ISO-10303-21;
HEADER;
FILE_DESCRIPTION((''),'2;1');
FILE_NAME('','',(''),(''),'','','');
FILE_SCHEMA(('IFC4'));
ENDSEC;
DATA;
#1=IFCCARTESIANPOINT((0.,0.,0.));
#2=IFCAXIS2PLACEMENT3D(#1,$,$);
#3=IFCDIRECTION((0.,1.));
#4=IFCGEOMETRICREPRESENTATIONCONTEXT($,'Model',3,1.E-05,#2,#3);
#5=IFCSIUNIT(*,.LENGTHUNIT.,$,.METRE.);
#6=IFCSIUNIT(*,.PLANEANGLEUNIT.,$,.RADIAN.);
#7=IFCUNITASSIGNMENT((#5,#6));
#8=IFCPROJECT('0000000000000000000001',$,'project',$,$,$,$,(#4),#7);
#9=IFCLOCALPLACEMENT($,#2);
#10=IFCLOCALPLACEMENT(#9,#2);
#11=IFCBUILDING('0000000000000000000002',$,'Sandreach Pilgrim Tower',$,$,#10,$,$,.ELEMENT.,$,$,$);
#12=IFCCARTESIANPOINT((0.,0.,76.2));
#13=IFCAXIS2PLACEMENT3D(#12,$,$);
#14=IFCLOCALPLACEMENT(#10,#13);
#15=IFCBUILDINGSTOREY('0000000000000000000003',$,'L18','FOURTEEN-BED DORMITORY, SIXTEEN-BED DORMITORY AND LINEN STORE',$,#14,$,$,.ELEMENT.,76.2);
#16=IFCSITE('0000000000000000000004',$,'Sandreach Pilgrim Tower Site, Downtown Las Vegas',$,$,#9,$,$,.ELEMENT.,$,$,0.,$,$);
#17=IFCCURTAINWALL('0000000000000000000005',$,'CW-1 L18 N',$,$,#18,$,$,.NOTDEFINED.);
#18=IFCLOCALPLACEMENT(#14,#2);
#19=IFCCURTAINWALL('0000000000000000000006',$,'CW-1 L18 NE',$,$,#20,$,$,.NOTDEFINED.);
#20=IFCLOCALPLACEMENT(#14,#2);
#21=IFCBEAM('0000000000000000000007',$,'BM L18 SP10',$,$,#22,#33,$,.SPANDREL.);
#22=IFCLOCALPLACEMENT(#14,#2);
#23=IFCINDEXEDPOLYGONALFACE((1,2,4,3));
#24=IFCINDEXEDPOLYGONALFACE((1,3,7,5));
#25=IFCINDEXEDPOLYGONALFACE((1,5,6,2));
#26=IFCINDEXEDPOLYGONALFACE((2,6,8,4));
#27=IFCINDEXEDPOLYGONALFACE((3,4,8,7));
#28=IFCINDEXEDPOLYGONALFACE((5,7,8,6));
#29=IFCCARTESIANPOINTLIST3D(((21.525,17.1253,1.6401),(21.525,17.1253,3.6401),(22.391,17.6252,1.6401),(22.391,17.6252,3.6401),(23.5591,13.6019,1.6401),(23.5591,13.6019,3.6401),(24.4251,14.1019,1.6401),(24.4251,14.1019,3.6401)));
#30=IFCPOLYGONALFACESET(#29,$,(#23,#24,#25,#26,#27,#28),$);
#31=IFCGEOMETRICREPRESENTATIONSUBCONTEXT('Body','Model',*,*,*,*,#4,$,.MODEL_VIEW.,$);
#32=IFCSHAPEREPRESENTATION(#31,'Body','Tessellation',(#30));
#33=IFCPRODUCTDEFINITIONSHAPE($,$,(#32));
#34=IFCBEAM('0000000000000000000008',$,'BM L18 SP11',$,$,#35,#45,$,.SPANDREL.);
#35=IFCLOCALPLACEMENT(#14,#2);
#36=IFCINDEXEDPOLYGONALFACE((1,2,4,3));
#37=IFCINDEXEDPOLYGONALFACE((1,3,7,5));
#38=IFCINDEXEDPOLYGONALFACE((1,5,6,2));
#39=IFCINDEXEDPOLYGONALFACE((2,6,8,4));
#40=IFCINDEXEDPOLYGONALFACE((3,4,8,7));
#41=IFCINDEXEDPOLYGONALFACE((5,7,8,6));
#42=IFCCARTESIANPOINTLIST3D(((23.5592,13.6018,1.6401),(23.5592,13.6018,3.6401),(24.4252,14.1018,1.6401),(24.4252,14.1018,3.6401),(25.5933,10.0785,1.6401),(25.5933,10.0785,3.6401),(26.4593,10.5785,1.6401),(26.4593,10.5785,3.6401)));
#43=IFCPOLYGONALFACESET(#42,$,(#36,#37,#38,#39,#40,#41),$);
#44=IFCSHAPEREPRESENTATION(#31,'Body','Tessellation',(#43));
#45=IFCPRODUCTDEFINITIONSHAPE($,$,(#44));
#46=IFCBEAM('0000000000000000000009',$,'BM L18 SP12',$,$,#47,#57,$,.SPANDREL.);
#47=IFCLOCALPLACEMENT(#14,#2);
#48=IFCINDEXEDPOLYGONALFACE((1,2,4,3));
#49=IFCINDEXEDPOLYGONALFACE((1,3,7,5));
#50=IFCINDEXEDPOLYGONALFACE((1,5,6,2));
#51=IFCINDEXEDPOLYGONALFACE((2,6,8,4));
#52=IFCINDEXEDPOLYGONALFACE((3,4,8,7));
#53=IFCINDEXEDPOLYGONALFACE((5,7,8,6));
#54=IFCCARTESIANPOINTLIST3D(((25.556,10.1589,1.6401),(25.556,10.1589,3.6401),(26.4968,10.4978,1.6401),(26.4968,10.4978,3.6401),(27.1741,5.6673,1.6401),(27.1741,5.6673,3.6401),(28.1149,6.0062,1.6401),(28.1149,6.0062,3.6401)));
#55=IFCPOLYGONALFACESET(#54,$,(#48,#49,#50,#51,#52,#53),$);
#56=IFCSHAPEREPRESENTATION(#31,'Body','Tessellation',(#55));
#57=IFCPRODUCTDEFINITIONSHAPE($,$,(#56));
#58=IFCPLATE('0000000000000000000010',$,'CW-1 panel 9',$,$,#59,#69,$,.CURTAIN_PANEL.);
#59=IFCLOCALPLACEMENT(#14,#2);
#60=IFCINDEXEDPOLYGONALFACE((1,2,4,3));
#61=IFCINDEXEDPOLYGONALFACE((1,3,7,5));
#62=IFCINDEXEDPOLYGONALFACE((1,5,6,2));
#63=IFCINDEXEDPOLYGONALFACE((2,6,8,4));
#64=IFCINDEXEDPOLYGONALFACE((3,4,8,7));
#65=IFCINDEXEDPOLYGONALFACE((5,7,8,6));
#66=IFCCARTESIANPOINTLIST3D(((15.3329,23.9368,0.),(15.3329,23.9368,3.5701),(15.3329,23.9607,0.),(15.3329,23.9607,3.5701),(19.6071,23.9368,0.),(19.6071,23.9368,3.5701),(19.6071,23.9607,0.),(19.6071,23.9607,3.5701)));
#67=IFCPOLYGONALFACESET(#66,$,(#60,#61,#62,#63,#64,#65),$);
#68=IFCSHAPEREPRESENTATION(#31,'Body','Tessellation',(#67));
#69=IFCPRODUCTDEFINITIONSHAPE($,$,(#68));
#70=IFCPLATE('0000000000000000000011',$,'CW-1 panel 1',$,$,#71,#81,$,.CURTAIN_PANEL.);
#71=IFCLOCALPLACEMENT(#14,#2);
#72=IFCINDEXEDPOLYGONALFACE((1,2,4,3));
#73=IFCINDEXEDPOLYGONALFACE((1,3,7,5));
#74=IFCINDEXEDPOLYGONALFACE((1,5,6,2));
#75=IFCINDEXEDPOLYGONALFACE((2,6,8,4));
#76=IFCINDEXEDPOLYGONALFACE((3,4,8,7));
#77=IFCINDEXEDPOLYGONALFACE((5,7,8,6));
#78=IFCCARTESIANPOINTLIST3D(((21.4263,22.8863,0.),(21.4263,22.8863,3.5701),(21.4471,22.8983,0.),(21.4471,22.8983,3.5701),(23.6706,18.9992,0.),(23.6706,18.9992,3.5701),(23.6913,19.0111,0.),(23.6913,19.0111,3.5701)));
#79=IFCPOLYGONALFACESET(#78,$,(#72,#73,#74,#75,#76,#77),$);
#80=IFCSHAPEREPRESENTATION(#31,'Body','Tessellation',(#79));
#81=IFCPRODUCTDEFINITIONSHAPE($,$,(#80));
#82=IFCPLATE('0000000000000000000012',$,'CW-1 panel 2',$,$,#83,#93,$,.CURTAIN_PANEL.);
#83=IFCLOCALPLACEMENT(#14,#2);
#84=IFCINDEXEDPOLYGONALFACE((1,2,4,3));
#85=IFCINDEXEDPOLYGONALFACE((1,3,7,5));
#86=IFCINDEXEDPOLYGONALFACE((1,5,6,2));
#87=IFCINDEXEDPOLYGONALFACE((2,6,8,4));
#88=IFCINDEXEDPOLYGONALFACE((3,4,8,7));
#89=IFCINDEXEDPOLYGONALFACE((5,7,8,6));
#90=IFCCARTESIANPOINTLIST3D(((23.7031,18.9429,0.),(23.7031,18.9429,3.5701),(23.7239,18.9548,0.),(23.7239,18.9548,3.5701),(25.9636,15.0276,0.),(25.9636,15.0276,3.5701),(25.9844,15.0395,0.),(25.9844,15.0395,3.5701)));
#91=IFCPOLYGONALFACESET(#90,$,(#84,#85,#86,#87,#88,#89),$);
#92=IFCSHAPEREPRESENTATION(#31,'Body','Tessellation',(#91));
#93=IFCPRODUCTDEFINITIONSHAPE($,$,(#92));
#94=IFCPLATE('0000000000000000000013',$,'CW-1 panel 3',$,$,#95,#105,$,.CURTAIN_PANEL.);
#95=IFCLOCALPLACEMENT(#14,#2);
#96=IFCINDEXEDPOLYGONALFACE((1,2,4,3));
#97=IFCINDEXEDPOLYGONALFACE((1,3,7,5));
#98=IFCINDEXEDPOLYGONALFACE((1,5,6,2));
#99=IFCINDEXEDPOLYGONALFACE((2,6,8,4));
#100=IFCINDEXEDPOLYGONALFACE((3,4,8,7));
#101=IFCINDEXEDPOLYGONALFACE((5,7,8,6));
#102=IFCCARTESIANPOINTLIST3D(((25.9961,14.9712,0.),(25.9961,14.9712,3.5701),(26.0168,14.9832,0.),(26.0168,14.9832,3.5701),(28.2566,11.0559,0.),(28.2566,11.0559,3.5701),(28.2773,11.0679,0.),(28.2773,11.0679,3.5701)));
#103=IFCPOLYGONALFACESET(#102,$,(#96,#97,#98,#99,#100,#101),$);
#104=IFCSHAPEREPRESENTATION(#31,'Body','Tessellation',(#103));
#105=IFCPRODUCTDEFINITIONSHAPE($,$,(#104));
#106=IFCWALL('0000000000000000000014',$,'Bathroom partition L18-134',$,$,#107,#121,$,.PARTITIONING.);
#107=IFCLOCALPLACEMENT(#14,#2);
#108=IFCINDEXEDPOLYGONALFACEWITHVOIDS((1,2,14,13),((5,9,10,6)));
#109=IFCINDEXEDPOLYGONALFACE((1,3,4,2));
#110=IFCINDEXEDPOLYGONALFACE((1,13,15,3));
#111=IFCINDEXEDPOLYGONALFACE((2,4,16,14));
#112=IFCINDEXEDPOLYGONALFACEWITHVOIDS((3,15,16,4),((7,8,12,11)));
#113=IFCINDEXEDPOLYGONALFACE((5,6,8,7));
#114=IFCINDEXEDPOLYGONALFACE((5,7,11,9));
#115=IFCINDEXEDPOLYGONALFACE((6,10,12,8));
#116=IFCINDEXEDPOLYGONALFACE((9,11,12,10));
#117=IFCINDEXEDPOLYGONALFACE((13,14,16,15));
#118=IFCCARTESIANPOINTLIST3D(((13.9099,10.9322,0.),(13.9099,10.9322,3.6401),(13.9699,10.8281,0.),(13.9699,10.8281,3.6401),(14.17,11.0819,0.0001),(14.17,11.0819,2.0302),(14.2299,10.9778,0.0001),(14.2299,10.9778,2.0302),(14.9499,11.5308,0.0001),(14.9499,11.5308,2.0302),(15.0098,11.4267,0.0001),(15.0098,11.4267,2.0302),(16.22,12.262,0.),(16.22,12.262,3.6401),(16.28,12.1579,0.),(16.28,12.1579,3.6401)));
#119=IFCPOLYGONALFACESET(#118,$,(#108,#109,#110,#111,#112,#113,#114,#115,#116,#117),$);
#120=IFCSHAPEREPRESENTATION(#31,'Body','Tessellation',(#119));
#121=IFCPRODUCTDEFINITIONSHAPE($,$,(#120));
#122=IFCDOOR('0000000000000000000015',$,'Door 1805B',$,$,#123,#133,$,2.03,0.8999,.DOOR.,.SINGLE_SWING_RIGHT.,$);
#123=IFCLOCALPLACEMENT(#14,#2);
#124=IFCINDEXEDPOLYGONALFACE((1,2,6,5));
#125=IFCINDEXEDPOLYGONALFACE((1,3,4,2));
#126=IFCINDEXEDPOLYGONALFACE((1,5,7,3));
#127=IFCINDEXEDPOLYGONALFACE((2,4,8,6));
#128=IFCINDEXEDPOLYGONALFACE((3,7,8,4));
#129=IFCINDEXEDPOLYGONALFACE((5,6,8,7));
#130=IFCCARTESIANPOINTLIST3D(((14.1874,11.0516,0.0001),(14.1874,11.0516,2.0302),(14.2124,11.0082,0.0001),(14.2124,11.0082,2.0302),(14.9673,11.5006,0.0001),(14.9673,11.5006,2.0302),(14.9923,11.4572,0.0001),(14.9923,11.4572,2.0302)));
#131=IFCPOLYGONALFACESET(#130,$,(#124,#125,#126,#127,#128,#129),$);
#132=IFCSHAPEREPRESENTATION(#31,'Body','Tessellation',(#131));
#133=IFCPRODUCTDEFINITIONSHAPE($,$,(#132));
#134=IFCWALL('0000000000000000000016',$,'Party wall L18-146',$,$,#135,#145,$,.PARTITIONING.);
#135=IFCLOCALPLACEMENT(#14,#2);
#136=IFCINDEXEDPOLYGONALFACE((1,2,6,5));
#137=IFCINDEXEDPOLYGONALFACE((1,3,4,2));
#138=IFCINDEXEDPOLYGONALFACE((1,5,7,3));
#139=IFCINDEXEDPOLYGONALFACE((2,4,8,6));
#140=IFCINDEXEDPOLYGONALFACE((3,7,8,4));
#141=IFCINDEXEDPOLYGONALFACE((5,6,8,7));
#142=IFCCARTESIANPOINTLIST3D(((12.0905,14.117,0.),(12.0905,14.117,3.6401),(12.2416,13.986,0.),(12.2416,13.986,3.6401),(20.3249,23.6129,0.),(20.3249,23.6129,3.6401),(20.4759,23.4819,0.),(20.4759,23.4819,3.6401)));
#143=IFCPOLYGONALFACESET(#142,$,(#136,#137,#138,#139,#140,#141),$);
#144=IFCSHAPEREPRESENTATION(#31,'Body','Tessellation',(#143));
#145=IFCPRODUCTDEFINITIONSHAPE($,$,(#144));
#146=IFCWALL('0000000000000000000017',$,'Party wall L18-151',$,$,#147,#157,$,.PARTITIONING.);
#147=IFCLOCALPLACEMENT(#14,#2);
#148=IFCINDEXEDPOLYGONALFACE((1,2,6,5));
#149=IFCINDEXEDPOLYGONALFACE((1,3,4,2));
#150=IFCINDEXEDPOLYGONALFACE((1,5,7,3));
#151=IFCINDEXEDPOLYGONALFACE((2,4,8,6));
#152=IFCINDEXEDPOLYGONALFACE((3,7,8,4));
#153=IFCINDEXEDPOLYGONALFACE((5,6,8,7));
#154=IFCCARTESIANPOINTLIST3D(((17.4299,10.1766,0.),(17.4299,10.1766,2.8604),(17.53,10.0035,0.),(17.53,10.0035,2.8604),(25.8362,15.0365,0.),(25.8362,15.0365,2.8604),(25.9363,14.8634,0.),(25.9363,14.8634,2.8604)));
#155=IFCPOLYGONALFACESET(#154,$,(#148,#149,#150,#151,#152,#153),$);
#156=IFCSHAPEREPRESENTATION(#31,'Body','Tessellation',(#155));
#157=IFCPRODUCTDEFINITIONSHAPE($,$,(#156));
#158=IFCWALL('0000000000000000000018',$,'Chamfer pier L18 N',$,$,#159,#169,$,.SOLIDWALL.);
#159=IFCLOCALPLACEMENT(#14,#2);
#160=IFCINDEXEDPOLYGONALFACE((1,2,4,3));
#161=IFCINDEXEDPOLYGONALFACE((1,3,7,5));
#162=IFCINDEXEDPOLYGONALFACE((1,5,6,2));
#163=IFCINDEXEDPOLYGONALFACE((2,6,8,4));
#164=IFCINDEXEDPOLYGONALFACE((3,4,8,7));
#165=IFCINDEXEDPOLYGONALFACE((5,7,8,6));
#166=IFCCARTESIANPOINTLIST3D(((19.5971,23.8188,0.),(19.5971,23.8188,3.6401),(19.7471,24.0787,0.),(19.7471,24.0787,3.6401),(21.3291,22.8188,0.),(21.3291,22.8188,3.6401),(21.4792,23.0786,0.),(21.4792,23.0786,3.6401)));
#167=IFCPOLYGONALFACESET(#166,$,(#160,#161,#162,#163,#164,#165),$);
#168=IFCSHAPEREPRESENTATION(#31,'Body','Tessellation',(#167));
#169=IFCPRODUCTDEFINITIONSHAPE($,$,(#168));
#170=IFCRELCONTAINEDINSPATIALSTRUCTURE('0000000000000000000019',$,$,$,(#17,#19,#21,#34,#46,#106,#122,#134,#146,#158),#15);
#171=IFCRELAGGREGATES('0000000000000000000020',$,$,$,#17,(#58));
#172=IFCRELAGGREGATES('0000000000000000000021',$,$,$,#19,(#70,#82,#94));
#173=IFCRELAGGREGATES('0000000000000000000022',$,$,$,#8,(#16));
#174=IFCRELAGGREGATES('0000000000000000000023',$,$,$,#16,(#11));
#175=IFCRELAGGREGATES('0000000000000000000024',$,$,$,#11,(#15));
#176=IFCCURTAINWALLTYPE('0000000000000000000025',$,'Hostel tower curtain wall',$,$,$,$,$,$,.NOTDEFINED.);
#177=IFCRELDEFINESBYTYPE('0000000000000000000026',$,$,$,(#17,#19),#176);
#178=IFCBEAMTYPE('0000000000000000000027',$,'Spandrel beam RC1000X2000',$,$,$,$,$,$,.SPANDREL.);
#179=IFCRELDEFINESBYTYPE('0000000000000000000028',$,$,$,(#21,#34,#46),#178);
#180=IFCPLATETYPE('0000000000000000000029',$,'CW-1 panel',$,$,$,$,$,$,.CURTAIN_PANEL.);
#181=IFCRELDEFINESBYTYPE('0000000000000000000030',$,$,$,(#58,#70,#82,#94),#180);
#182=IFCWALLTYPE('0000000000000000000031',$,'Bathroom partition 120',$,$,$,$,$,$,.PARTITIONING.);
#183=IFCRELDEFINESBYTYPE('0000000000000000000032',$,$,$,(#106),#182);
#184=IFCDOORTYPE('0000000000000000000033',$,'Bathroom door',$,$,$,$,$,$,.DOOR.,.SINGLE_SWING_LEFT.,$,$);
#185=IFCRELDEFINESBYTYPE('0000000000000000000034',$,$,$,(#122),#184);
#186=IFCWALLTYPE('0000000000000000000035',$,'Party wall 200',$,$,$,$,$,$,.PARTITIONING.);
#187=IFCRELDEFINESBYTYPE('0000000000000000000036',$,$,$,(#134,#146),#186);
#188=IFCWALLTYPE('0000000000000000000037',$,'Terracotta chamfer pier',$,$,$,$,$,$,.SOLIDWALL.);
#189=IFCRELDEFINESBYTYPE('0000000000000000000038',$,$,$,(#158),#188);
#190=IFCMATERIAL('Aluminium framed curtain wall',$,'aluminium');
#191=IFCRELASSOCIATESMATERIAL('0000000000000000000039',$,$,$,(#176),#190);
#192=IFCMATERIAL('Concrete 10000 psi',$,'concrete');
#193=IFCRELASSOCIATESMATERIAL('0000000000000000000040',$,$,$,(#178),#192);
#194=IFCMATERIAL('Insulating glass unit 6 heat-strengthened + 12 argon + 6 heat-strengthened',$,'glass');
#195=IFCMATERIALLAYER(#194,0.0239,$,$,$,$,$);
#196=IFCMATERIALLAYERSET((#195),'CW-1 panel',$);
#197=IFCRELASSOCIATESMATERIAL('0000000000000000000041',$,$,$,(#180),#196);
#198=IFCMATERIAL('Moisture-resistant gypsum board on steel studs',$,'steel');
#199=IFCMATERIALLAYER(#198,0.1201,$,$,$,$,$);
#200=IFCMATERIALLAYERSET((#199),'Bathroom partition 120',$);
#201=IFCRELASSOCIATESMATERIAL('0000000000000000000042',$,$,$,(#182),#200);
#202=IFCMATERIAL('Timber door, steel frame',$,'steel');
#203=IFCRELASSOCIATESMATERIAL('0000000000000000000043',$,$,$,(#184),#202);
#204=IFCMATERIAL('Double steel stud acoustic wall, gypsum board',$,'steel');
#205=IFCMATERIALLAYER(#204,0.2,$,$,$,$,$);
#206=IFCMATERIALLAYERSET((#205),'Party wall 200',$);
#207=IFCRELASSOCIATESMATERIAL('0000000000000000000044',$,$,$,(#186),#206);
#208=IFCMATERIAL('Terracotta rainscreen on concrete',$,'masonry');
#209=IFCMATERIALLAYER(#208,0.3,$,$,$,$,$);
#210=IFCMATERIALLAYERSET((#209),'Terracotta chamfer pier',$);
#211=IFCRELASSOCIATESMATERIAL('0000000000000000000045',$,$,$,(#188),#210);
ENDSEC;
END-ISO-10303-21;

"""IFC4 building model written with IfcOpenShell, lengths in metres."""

from ifc_helpers import new_model, si_unit, direction, frame, frame_2d, origin, origin_2d, place, context, subcontext, project, spatial, rectangle, extrude, material, layer, layer_set, material_profile, profile_set, type_object, element, fill, aggregate, save


model = new_model("IFC4")

# Units and contexts
model_context = context("Model", 3, precision=1e-05, world=origin(), true_north=direction((0.0, 1.0)))
body_context = subcontext(model_context, "Body", "Model", "MODEL_VIEW")
ifc_project = project(units=[si_unit("LENGTHUNIT", "METRE"), si_unit("PLANEANGLEUNIT", "RADIAN")], contexts=[model_context])

# Site, building, storey
site_placement = place(None, origin())
site = spatial("IfcSite", under=ifc_project, at=site_placement, Name="Sandreach Pilgrim Tower Site, Downtown Las Vegas", CompositionType="ELEMENT", RefElevation=0.0)
building_placement = place(site_placement, origin())
building = spatial("IfcBuilding", under=site, at=building_placement, Name="Sandreach Pilgrim Tower", CompositionType="ELEMENT")
storey_placement = place(building_placement, frame((0.0, 0.0, 76.2)))
storey = spatial("IfcBuildingStorey", under=building, at=storey_placement, Name="L18", Description="FOURTEEN-BED DORMITORY, SIXTEEN-BED DORMITORY AND LINEN STORE", CompositionType="ELEMENT", Elevation=76.2)

# Curtain wall
ifc_material_1 = material(Name="Aluminium framed curtain wall", Category="aluminium")
curtain_wall_type = type_object("IfcCurtainWallType", Name="Hostel tower curtain wall", PredefinedType="NOTDEFINED", material=ifc_material_1)
curtain_wall_1_placement = place(storey_placement, origin())
curtain_wall_1 = element("IfcCurtainWall", 1, at=curtain_wall_1_placement, inside=storey, type_object=curtain_wall_type, Name="CW-1 L18 N", PredefinedType="NOTDEFINED")

# Curtain wall
curtain_wall_2_placement = place(storey_placement, origin())
curtain_wall_2 = element("IfcCurtainWall", 2, at=curtain_wall_2_placement, inside=storey, type_object=curtain_wall_type, Name="CW-1 L18 NE", PredefinedType="NOTDEFINED")

# Beams
ifc_material_2 = material(Name="Concrete 10000 psi", Category="concrete")
ifc_material_profile_1 = material_profile(ifc_material_2, rectangle(XDim=1.0, YDim=2.0, at=origin_2d()), Name="RC1000X2000")
ifc_profile_set_1 = profile_set([ifc_material_profile_1], Name="Concrete 10000 psi")
beam_type_1 = type_object("IfcBeamType", Name="Spandrel beam RC1000X2000", PredefinedType="SPANDREL", material=ifc_profile_set_1)
for number, where, z_axis, x_axis, name in (
    (3, (21.958, 17.3752, 2.6401), (0.499986, -0.866034, 0.0), (0.866034, 0.499986, 0.0), "BM L18 SP10"),
    (4, (23.9922, 13.8518, 2.6401), (0.499986, -0.866034, 0.0), (0.866034, 0.499986, 0.0), "BM L18 SP11"),
):
    element("IfcBeam", number, at=place(storey_placement, frame(where, z_axis=z_axis, x_axis=x_axis)), inside=storey, type_object=beam_type_1, Name=name, PredefinedType="SPANDREL", context=body_context, shape_type="SweptSolid", body=[
        extrude(rectangle(XDim=1.0, YDim=2.0, at=origin_2d()), origin(), (0.0, 0.0, 1.0), 4.0684),
    ])
beam_1_placement = place(storey_placement, frame((26.0264, 10.3284, 2.6401), z_axis=(0.338933, -0.94081, 0.0), x_axis=(0.94081, 0.338933, 0.0)))
element("IfcBeam", 5, at=beam_1_placement, inside=storey, type_object=beam_type_1, Name="BM L18 SP12", PredefinedType="SPANDREL", context=body_context, shape_type="SweptSolid", body=[
    extrude(rectangle(XDim=1.0, YDim=2.0, at=origin_2d()), origin(), (0.0, 0.0, 1.0), 4.7742),
])

# Plates
ifc_material_3 = material(Name="Insulating glass unit 6 heat-strengthened + 12 argon + 6 heat-strengthened", Category="glass")
ifc_layer_1 = layer(ifc_material_3, 0.0239)
ifc_layer_set_1 = layer_set([ifc_layer_1], Name="CW-1 panel")
plate_type = type_object("IfcPlateType", Name="CW-1 panel", PredefinedType="CURTAIN_PANEL", material=ifc_layer_set_1)
plate_1_placement = place(storey_placement, frame((17.47, 23.9487, 0.0), z_axis=(0.0, 0.0, 1.0), x_axis=(1.0, 0.0, 0.0)))
plate_1 = element("IfcPlate", 6, at=plate_1_placement, type_object=plate_type, Name="CW-1 panel 9", PredefinedType="CURTAIN_PANEL", context=body_context, shape_type="SweptSolid", body=[
    extrude(rectangle(XDim=4.2742, YDim=0.0239, at=origin_2d()), origin(), (0.0, 0.0, 1.0), 3.5701),
])
aggregate(curtain_wall_1, [plate_1])
plate_2_placement = place(storey_placement, frame((22.5588, 20.9487, 0.0), z_axis=(0.0, 0.0, 1.0), x_axis=(0.5, -0.866025, 0.0)))
plate_2 = element("IfcPlate", 7, at=plate_2_placement, type_object=plate_type, Name="CW-1 panel 1", PredefinedType="CURTAIN_PANEL", context=body_context, shape_type="SweptSolid", body=[
    extrude(rectangle(XDim=4.4885, YDim=0.0239, at=origin_2d()), origin(), (0.0, 0.0, 1.0), 3.5701),
])
plate_3_placement = place(storey_placement, frame((24.8438, 16.9912, 0.0), z_axis=(0.0, 0.0, 1.0), x_axis=(0.5, -0.866025, 0.0)))
plate_3 = element("IfcPlate", 8, at=plate_3_placement, type_object=plate_type, Name="CW-1 panel 2", PredefinedType="CURTAIN_PANEL", context=body_context, shape_type="SweptSolid", body=[
    extrude(rectangle(XDim=4.521, YDim=0.0239, at=origin_2d()), origin(), (0.0, 0.0, 1.0), 3.5701),
])
plate_4_placement = place(storey_placement, frame((27.1367, 13.0195, 0.0), z_axis=(0.0, 0.0, 1.0), x_axis=(0.5, -0.866025, 0.0)))
plate_4 = element("IfcPlate", 9, at=plate_4_placement, type_object=plate_type, Name="CW-1 panel 3", PredefinedType="CURTAIN_PANEL", context=body_context, shape_type="SweptSolid", body=[
    extrude(rectangle(XDim=4.521, YDim=0.0239, at=origin_2d()), origin(), (0.0, 0.0, 1.0), 3.5701),
])
aggregate(curtain_wall_2, [plate_2, plate_3, plate_4])

# Wall, opening, door
ifc_material_4 = material(Name="Moisture-resistant gypsum board on steel studs", Category="steel")
ifc_layer_2 = layer(ifc_material_4, 0.1201)
ifc_layer_set_2 = layer_set([ifc_layer_2], Name="Bathroom partition 120")
wall_type_1 = type_object("IfcWallType", Name="Bathroom partition 120", PredefinedType="PARTITIONING", material=ifc_layer_set_2)
wall_1_placement = place(storey_placement, frame((16.25, 12.21, 0.0), z_axis=(0.0, 0.0, 1.0), x_axis=(-0.866655, -0.498908, 0.0)))
wall_1 = element("IfcWall", 10, at=wall_1_placement, inside=storey, type_object=wall_type_1, Name="Bathroom partition L18-134", PredefinedType="PARTITIONING", context=body_context, shape_type="SweptSolid", body=[
    extrude(rectangle(XDim=2.6655, YDim=0.1201, at=frame_2d((1.3328, 0.0))), origin(), (0.0, 0.0, 1.0), 3.6401),
])
opening_placement = place(wall_1_placement, frame((1.4656, 0.0, 0.0)))
opening = element("IfcOpeningElement", 11, at=opening_placement, cuts=wall_1, PredefinedType="OPENING", context=body_context, shape_type="SweptSolid", body=[
    extrude(rectangle(XDim=0.8999, YDim=2.03, at=frame_2d((0.45, 1.0151))), frame((0.0, 0.0601, 0.0), z_axis=(0.0, -1.0, 0.0), x_axis=(1.0, 0.0, 0.0)), (0.0, 0.0, 1.0), 0.1201),
])
ifc_material_5 = material(Name="Timber door, steel frame", Category="steel")
door_type = type_object("IfcDoorType", Name="Bathroom door", OperationType="SINGLE_SWING_LEFT", PredefinedType="DOOR", material=ifc_material_5)
door_placement = place(opening_placement, origin())
door = element("IfcDoor", 12, at=door_placement, inside=storey, type_object=door_type, Name="Door 1805B", OperationType="SINGLE_SWING_RIGHT", OverallHeight=2.03, OverallWidth=0.8999, PredefinedType="DOOR", context=body_context, shape_type="SweptSolid", body=[
    extrude(rectangle(XDim=0.8999, YDim=2.03, at=frame_2d((0.45, 1.0151))), frame((0.0, 0.0249, 0.0), z_axis=(0.0, -1.0, 0.0), x_axis=(1.0, 0.0, 0.0)), (0.0, 0.0, 1.0), 0.05),
])
fill(opening, door)

# Walls
ifc_material_6 = material(Name="Double steel stud acoustic wall, gypsum board", Category="steel")
ifc_layer_3 = layer(ifc_material_6, 0.2)
ifc_layer_set_3 = layer_set([ifc_layer_3], Name="Party wall 200")
wall_type_2 = type_object("IfcWallType", Name="Party wall 200", PredefinedType="PARTITIONING", material=ifc_layer_set_3)
wall_2_placement = place(storey_placement, frame((20.4004, 23.5474, 0.0), z_axis=(0.0, 0.0, 1.0), x_axis=(-0.655141, -0.755506, 0.0)))
element("IfcWall", 13, at=wall_2_placement, inside=storey, type_object=wall_type_2, Name="Party wall L18-146", PredefinedType="PARTITIONING", context=body_context, shape_type="SweptSolid", body=[
    extrude(rectangle(XDim=12.5688, YDim=0.2, at=frame_2d((6.2844, 0.0))), origin(), (0.0, 0.0, 1.0), 3.6401),
])
wall_3_placement = place(storey_placement, frame((25.8862, 14.95, 0.0), z_axis=(0.0, 0.0, 1.0), x_axis=(-0.865735, -0.500503, 0.0)))
element("IfcWall", 14, at=wall_3_placement, inside=storey, type_object=wall_type_2, Name="Party wall L18-151", PredefinedType="PARTITIONING", context=body_context, shape_type="SweptSolid", body=[
    extrude(rectangle(XDim=9.71, YDim=0.2, at=frame_2d((4.855, 0.0))), origin(), (0.0, 0.0, 1.0), 2.8604),
])
ifc_material_7 = material(Name="Terracotta rainscreen on concrete", Category="masonry")
ifc_layer_4 = layer(ifc_material_7, 0.3)
ifc_layer_set_4 = layer_set([ifc_layer_4], Name="Terracotta chamfer pier")
wall_type_3 = type_object("IfcWallType", Name="Terracotta chamfer pier", PredefinedType="SOLIDWALL", material=ifc_layer_set_4)
wall_4_placement = place(storey_placement, frame((19.6721, 23.9487, 0.0), z_axis=(0.0, 0.0, 1.0), x_axis=(0.866011, -0.500025, 0.0)))
element("IfcWall", 15, at=wall_4_placement, inside=storey, type_object=wall_type_3, Name="Chamfer pier L18 N", PredefinedType="SOLIDWALL", context=body_context, shape_type="SweptSolid", body=[
    extrude(rectangle(XDim=2.0, YDim=0.3, at=frame_2d((1.0, 0.0))), origin(), (0.0, 0.0, 1.0), 3.6401),
])

save(model, "model.ifc")
